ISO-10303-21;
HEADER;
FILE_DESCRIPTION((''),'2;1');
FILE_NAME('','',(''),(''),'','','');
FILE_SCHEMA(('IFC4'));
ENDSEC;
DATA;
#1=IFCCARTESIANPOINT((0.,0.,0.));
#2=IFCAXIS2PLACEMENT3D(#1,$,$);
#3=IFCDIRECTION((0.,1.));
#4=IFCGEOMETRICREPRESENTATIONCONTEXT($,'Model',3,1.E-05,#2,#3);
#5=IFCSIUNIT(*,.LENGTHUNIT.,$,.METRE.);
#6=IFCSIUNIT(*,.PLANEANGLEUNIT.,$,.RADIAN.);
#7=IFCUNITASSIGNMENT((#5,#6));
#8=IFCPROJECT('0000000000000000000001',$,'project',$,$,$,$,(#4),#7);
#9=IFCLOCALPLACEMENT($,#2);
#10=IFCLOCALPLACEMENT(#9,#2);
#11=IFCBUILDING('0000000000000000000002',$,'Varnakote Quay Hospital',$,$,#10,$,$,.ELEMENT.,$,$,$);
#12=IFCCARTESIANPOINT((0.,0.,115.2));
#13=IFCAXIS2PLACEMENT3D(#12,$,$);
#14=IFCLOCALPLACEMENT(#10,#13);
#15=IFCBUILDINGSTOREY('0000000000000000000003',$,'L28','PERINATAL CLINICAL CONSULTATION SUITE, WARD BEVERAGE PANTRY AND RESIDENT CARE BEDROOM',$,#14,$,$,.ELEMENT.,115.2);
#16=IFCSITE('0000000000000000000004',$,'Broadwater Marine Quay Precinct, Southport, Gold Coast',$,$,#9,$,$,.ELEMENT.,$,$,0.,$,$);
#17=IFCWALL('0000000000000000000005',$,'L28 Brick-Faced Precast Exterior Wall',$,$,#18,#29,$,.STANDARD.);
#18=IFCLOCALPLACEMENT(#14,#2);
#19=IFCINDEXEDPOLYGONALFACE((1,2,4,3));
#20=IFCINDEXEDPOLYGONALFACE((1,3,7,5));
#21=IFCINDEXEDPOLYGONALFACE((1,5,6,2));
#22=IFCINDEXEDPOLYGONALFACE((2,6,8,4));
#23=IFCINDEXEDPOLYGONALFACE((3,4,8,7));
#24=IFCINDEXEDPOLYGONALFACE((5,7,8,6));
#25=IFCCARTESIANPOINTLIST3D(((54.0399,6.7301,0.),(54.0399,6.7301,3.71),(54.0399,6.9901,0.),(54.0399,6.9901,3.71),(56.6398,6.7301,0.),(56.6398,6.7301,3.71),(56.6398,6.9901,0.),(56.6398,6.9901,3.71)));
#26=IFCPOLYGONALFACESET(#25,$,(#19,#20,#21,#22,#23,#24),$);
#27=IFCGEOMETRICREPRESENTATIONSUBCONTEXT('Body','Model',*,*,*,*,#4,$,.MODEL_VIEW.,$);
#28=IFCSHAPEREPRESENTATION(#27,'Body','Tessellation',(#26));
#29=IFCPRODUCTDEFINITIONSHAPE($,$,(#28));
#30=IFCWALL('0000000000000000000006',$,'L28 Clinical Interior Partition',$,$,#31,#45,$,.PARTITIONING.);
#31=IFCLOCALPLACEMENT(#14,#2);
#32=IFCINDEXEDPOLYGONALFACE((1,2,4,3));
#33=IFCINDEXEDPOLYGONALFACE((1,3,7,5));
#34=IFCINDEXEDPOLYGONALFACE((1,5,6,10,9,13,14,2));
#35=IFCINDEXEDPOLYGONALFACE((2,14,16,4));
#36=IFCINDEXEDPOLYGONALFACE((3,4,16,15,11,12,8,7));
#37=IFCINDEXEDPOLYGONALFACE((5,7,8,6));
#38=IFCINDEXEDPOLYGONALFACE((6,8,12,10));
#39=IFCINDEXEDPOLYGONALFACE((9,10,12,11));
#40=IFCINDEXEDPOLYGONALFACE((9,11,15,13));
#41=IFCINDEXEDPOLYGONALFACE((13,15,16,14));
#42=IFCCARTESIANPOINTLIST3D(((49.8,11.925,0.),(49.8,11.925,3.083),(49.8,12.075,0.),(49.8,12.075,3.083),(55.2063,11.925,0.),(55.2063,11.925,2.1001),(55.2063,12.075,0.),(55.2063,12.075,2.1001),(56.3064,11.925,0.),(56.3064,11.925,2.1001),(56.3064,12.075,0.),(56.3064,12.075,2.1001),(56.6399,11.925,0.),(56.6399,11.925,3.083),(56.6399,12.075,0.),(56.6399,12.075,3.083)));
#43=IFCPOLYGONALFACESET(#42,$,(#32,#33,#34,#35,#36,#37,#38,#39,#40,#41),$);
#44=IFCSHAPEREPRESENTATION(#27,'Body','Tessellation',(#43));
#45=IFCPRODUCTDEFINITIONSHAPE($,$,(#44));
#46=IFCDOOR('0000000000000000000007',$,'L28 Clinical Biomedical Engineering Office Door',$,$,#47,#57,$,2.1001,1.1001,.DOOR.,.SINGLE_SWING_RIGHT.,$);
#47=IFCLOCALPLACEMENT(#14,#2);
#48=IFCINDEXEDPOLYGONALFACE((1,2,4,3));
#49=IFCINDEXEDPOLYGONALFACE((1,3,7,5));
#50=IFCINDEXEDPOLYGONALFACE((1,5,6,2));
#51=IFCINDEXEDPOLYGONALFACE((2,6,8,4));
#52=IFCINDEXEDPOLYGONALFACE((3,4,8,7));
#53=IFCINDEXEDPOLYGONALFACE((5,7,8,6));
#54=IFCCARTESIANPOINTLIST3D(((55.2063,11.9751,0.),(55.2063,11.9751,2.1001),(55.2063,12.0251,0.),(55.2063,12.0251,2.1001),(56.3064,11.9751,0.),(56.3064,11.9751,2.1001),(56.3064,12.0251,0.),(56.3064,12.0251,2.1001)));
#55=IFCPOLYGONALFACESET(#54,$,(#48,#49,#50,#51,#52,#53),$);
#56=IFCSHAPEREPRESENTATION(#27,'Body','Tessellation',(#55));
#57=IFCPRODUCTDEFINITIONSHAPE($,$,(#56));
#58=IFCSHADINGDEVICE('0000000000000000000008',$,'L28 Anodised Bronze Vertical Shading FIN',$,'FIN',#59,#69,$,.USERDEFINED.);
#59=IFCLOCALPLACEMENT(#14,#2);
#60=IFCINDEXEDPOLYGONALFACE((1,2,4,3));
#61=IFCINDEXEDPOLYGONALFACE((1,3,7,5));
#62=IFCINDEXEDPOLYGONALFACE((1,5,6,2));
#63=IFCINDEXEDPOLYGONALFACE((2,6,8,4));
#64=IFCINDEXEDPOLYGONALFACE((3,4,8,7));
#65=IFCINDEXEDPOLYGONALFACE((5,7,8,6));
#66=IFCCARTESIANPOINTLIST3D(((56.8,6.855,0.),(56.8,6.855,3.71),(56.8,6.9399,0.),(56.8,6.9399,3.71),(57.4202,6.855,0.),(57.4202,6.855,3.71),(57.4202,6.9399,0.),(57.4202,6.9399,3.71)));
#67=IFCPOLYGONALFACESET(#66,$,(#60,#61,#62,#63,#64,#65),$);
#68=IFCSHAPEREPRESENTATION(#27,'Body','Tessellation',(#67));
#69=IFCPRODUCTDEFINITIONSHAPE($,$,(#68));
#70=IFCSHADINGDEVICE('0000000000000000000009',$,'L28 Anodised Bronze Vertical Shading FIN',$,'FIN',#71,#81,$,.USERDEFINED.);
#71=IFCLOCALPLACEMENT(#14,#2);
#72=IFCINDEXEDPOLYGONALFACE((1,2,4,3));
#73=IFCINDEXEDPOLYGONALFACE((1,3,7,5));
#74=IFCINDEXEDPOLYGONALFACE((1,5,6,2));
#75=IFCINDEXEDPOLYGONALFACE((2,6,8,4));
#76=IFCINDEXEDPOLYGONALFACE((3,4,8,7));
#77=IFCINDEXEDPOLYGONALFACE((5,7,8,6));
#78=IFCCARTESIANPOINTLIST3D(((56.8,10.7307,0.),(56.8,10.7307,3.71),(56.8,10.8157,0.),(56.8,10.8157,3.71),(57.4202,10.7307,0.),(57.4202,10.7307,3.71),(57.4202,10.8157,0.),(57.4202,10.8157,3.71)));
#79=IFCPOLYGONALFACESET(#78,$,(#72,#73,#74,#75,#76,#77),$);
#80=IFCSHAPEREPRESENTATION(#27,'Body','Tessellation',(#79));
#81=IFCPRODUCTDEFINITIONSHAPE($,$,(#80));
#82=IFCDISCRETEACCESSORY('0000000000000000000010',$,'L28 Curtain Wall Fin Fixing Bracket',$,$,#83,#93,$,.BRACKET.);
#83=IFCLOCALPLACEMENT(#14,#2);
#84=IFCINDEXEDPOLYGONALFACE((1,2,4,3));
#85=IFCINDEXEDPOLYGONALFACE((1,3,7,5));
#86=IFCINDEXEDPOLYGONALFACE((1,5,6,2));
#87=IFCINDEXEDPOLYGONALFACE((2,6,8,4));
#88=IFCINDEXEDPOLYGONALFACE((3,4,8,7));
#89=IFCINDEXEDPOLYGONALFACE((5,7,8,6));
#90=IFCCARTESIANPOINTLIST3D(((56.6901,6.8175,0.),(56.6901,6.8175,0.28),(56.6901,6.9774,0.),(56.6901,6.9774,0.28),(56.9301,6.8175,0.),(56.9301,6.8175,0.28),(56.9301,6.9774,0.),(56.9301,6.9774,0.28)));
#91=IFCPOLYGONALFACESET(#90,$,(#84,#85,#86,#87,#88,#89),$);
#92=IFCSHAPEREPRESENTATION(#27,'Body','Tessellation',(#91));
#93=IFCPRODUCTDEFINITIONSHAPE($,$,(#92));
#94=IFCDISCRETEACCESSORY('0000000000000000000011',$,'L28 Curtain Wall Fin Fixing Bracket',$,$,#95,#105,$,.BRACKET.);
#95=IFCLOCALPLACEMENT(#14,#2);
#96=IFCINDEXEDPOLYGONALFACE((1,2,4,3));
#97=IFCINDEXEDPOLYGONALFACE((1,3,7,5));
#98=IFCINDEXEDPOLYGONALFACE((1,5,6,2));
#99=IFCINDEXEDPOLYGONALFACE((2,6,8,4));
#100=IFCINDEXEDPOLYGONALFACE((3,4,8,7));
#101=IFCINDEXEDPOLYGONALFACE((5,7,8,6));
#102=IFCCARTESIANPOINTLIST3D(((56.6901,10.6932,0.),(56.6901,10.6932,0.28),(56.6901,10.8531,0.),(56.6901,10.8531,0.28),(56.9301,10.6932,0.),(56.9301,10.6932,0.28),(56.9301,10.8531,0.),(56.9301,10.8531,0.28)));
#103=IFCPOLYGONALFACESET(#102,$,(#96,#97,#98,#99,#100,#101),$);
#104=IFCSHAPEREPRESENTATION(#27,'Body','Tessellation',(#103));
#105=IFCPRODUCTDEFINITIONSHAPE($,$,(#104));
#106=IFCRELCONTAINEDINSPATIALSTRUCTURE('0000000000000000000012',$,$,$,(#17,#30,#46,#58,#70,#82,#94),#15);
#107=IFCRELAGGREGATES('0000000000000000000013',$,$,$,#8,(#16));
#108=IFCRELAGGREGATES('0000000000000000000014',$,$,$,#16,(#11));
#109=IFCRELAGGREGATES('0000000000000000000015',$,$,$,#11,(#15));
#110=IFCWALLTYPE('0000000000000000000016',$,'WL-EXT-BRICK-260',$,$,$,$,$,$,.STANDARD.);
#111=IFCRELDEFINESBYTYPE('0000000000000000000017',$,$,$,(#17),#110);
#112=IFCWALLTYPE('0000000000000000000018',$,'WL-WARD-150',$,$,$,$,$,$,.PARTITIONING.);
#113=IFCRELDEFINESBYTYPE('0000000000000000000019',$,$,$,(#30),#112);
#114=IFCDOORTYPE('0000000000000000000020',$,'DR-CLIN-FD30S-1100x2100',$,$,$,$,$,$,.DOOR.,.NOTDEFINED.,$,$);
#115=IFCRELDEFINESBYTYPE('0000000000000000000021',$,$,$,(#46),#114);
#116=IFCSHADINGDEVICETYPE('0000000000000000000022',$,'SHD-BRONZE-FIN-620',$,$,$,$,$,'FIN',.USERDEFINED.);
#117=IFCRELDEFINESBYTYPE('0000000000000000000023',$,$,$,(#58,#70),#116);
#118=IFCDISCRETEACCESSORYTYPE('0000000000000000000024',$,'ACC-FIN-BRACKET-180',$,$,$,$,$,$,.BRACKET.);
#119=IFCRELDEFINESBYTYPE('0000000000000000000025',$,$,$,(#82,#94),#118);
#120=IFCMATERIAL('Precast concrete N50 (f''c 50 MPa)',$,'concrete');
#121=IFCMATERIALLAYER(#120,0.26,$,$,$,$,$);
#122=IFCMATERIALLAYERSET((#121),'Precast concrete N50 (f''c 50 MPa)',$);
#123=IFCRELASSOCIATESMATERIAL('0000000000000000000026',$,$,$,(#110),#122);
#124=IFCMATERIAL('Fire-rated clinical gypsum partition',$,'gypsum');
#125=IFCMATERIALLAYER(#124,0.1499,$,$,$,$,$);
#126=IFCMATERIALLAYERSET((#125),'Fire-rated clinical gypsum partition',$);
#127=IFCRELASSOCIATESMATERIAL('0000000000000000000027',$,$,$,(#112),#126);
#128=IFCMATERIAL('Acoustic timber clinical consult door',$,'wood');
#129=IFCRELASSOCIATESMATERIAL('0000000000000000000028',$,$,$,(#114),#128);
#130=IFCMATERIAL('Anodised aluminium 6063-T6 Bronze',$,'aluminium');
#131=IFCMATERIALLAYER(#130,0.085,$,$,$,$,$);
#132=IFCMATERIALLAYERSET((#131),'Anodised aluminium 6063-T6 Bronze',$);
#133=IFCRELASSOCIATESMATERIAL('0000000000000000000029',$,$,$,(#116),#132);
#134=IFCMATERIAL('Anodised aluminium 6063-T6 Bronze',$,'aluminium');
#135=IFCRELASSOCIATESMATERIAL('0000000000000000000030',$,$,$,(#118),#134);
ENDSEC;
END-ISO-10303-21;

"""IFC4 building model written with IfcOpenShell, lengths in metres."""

from ifc_helpers import new_model, si_unit, direction, frame, frame_2d, origin, origin_2d, place, context, subcontext, project, spatial, rectangle, extrude, material, layer, layer_set, type_object, element, fill, save


model = new_model("IFC4")

# Units and contexts
model_context = context("Model", 3, precision=1e-05, world=origin(), true_north=direction((0.0, 1.0)))
body_context = subcontext(model_context, "Body", "Model", "MODEL_VIEW")
ifc_project = project(units=[si_unit("LENGTHUNIT", "METRE"), si_unit("PLANEANGLEUNIT", "RADIAN")], contexts=[model_context])

# Site, building, storey
site_placement = place(None, origin())
site = spatial("IfcSite", under=ifc_project, at=site_placement, Name="Broadwater Marine Quay Precinct, Southport, Gold Coast", CompositionType="ELEMENT", RefElevation=0.0)
building_placement = place(site_placement, origin())
building = spatial("IfcBuilding", under=site, at=building_placement, Name="Varnakote Quay Hospital", CompositionType="ELEMENT")
storey_placement = place(building_placement, frame((0.0, 0.0, 115.2)))
storey = spatial("IfcBuildingStorey", under=building, at=storey_placement, Name="L28", Description="PERINATAL CLINICAL CONSULTATION SUITE, WARD BEVERAGE PANTRY AND RESIDENT CARE BEDROOM", CompositionType="ELEMENT", Elevation=115.2)

# Wall
ifc_material_1 = material(Name="Precast concrete N50 (f'c 50 MPa)", Category="concrete")
ifc_layer_1 = layer(ifc_material_1, 0.26)
ifc_layer_set_1 = layer_set([ifc_layer_1], Name="Precast concrete N50 (f'c 50 MPa)")
wall_type_1 = type_object("IfcWallType", Name="WL-EXT-BRICK-260", PredefinedType="STANDARD", material=ifc_layer_set_1)
wall_1_placement = place(storey_placement, frame((54.04, 6.8601, 0.0), z_axis=(0.0, 0.0, 1.0), x_axis=(1.0, 0.0, 0.0)))
element("IfcWall", 1, at=wall_1_placement, inside=storey, type_object=wall_type_1, Name="L28 Brick-Faced Precast Exterior Wall", PredefinedType="STANDARD", context=body_context, shape_type="SweptSolid", body=[
    extrude(rectangle(XDim=2.5999, YDim=0.26, at=frame_2d((1.2998, 0.0))), origin(), (0.0, 0.0, 1.0), 3.71),
])

# Wall, opening, door
ifc_material_2 = material(Name="Fire-rated clinical gypsum partition", Category="gypsum")
ifc_layer_2 = layer(ifc_material_2, 0.1499)
ifc_layer_set_2 = layer_set([ifc_layer_2], Name="Fire-rated clinical gypsum partition")
wall_type_2 = type_object("IfcWallType", Name="WL-WARD-150", PredefinedType="PARTITIONING", material=ifc_layer_set_2)
wall_2_placement = place(storey_placement, frame((56.6399, 12.0, 0.0), z_axis=(0.0, 0.0, 1.0), x_axis=(-1.0, 0.0, 0.0)))
wall_2 = element("IfcWall", 2, at=wall_2_placement, inside=storey, type_object=wall_type_2, Name="L28 Clinical Interior Partition", PredefinedType="PARTITIONING", context=body_context, shape_type="SweptSolid", body=[
    extrude(rectangle(XDim=6.8398, YDim=0.1499, at=frame_2d((3.4199, 0.0))), origin(), (0.0, 0.0, 1.0), 3.083),
])
opening_placement = place(wall_2_placement, frame((0.3335, 0.0, 0.0)))
opening = element("IfcOpeningElement", 3, at=opening_placement, cuts=wall_2, PredefinedType="OPENING", context=body_context, shape_type="SweptSolid", body=[
    extrude(rectangle(XDim=1.1001, YDim=2.1001, at=frame_2d((0.55, 1.05))), frame((0.0, 0.085, 0.0), z_axis=(0.0, -1.0, 0.0), x_axis=(1.0, 0.0, 0.0)), (0.0, 0.0, 1.0), 0.1699),
])
ifc_material_3 = material(Name="Acoustic timber clinical consult door", Category="wood")
door_type = type_object("IfcDoorType", Name="DR-CLIN-FD30S-1100x2100", OperationType="NOTDEFINED", PredefinedType="DOOR", material=ifc_material_3)
door_placement = place(opening_placement, origin())
door = element("IfcDoor", 4, at=door_placement, inside=storey, type_object=door_type, Name="L28 Clinical Biomedical Engineering Office Door", OperationType="SINGLE_SWING_RIGHT", OverallHeight=2.1001, OverallWidth=1.1001, PredefinedType="DOOR", context=body_context, shape_type="SweptSolid", body=[
    extrude(rectangle(XDim=1.1001, YDim=2.1001, at=frame_2d((0.55, 1.05))), frame((0.0, 0.0249, 0.0), z_axis=(0.0, -1.0, 0.0), x_axis=(1.0, 0.0, 0.0)), (0.0, 0.0, 1.0), 0.05),
])
fill(opening, door)

# Shading devices
ifc_material_4 = material(Name="Anodised aluminium 6063-T6 Bronze", Category="aluminium")
ifc_layer_3 = layer(ifc_material_4, 0.085)
ifc_layer_set_3 = layer_set([ifc_layer_3], Name="Anodised aluminium 6063-T6 Bronze")
shading_device_type = type_object("IfcShadingDeviceType", Name="SHD-BRONZE-FIN-620", ElementType="FIN", PredefinedType="USERDEFINED", material=ifc_layer_set_3)
for number, where, z_axis, x_axis, name in (
    (5, (57.1101, 6.8975, 0.0), (0.0, 0.0, 1.0), (-1.0, 0.0, 0.0), "L28 Anodised Bronze Vertical Shading FIN"),
    (6, (57.1101, 10.7732, 0.0), (0.0, 0.0, 1.0), (-1.0, 0.0, 0.0), "L28 Anodised Bronze Vertical Shading FIN"),
):
    element("IfcShadingDevice", number, at=place(storey_placement, frame(where, z_axis=z_axis, x_axis=x_axis)), inside=storey, type_object=shading_device_type, Name=name, ObjectType="FIN", PredefinedType="USERDEFINED", context=body_context, shape_type="SweptSolid", body=[
        extrude(rectangle(XDim=0.6201, YDim=0.085, at=origin_2d()), origin(), (0.0, 0.0, 1.0), 3.71),
    ])

# Discrete accessories
ifc_material_5 = material(Name="Anodised aluminium 6063-T6 Bronze", Category="aluminium")
discrete_accessory_type = type_object("IfcDiscreteAccessoryType", Name="ACC-FIN-BRACKET-180", PredefinedType="BRACKET", material=ifc_material_5)
for number, where, z_axis, x_axis, name in (
    (7, (56.8101, 6.8975, 0.0), (0.0, 0.0, 1.0), (0.0, 1.0, 0.0), "L28 Curtain Wall Fin Fixing Bracket"),
    (8, (56.8101, 10.7732, 0.0), (0.0, 0.0, 1.0), (0.0, 1.0, 0.0), "L28 Curtain Wall Fin Fixing Bracket"),
):
    element("IfcDiscreteAccessory", number, at=place(storey_placement, frame(where, z_axis=z_axis, x_axis=x_axis)), inside=storey, type_object=discrete_accessory_type, Name=name, PredefinedType="BRACKET", context=body_context, shape_type="SweptSolid", body=[
        extrude(rectangle(XDim=0.1599, YDim=0.24, at=origin_2d()), origin(), (0.0, 0.0, 1.0), 0.28),
    ])

save(model, "model.ifc")
